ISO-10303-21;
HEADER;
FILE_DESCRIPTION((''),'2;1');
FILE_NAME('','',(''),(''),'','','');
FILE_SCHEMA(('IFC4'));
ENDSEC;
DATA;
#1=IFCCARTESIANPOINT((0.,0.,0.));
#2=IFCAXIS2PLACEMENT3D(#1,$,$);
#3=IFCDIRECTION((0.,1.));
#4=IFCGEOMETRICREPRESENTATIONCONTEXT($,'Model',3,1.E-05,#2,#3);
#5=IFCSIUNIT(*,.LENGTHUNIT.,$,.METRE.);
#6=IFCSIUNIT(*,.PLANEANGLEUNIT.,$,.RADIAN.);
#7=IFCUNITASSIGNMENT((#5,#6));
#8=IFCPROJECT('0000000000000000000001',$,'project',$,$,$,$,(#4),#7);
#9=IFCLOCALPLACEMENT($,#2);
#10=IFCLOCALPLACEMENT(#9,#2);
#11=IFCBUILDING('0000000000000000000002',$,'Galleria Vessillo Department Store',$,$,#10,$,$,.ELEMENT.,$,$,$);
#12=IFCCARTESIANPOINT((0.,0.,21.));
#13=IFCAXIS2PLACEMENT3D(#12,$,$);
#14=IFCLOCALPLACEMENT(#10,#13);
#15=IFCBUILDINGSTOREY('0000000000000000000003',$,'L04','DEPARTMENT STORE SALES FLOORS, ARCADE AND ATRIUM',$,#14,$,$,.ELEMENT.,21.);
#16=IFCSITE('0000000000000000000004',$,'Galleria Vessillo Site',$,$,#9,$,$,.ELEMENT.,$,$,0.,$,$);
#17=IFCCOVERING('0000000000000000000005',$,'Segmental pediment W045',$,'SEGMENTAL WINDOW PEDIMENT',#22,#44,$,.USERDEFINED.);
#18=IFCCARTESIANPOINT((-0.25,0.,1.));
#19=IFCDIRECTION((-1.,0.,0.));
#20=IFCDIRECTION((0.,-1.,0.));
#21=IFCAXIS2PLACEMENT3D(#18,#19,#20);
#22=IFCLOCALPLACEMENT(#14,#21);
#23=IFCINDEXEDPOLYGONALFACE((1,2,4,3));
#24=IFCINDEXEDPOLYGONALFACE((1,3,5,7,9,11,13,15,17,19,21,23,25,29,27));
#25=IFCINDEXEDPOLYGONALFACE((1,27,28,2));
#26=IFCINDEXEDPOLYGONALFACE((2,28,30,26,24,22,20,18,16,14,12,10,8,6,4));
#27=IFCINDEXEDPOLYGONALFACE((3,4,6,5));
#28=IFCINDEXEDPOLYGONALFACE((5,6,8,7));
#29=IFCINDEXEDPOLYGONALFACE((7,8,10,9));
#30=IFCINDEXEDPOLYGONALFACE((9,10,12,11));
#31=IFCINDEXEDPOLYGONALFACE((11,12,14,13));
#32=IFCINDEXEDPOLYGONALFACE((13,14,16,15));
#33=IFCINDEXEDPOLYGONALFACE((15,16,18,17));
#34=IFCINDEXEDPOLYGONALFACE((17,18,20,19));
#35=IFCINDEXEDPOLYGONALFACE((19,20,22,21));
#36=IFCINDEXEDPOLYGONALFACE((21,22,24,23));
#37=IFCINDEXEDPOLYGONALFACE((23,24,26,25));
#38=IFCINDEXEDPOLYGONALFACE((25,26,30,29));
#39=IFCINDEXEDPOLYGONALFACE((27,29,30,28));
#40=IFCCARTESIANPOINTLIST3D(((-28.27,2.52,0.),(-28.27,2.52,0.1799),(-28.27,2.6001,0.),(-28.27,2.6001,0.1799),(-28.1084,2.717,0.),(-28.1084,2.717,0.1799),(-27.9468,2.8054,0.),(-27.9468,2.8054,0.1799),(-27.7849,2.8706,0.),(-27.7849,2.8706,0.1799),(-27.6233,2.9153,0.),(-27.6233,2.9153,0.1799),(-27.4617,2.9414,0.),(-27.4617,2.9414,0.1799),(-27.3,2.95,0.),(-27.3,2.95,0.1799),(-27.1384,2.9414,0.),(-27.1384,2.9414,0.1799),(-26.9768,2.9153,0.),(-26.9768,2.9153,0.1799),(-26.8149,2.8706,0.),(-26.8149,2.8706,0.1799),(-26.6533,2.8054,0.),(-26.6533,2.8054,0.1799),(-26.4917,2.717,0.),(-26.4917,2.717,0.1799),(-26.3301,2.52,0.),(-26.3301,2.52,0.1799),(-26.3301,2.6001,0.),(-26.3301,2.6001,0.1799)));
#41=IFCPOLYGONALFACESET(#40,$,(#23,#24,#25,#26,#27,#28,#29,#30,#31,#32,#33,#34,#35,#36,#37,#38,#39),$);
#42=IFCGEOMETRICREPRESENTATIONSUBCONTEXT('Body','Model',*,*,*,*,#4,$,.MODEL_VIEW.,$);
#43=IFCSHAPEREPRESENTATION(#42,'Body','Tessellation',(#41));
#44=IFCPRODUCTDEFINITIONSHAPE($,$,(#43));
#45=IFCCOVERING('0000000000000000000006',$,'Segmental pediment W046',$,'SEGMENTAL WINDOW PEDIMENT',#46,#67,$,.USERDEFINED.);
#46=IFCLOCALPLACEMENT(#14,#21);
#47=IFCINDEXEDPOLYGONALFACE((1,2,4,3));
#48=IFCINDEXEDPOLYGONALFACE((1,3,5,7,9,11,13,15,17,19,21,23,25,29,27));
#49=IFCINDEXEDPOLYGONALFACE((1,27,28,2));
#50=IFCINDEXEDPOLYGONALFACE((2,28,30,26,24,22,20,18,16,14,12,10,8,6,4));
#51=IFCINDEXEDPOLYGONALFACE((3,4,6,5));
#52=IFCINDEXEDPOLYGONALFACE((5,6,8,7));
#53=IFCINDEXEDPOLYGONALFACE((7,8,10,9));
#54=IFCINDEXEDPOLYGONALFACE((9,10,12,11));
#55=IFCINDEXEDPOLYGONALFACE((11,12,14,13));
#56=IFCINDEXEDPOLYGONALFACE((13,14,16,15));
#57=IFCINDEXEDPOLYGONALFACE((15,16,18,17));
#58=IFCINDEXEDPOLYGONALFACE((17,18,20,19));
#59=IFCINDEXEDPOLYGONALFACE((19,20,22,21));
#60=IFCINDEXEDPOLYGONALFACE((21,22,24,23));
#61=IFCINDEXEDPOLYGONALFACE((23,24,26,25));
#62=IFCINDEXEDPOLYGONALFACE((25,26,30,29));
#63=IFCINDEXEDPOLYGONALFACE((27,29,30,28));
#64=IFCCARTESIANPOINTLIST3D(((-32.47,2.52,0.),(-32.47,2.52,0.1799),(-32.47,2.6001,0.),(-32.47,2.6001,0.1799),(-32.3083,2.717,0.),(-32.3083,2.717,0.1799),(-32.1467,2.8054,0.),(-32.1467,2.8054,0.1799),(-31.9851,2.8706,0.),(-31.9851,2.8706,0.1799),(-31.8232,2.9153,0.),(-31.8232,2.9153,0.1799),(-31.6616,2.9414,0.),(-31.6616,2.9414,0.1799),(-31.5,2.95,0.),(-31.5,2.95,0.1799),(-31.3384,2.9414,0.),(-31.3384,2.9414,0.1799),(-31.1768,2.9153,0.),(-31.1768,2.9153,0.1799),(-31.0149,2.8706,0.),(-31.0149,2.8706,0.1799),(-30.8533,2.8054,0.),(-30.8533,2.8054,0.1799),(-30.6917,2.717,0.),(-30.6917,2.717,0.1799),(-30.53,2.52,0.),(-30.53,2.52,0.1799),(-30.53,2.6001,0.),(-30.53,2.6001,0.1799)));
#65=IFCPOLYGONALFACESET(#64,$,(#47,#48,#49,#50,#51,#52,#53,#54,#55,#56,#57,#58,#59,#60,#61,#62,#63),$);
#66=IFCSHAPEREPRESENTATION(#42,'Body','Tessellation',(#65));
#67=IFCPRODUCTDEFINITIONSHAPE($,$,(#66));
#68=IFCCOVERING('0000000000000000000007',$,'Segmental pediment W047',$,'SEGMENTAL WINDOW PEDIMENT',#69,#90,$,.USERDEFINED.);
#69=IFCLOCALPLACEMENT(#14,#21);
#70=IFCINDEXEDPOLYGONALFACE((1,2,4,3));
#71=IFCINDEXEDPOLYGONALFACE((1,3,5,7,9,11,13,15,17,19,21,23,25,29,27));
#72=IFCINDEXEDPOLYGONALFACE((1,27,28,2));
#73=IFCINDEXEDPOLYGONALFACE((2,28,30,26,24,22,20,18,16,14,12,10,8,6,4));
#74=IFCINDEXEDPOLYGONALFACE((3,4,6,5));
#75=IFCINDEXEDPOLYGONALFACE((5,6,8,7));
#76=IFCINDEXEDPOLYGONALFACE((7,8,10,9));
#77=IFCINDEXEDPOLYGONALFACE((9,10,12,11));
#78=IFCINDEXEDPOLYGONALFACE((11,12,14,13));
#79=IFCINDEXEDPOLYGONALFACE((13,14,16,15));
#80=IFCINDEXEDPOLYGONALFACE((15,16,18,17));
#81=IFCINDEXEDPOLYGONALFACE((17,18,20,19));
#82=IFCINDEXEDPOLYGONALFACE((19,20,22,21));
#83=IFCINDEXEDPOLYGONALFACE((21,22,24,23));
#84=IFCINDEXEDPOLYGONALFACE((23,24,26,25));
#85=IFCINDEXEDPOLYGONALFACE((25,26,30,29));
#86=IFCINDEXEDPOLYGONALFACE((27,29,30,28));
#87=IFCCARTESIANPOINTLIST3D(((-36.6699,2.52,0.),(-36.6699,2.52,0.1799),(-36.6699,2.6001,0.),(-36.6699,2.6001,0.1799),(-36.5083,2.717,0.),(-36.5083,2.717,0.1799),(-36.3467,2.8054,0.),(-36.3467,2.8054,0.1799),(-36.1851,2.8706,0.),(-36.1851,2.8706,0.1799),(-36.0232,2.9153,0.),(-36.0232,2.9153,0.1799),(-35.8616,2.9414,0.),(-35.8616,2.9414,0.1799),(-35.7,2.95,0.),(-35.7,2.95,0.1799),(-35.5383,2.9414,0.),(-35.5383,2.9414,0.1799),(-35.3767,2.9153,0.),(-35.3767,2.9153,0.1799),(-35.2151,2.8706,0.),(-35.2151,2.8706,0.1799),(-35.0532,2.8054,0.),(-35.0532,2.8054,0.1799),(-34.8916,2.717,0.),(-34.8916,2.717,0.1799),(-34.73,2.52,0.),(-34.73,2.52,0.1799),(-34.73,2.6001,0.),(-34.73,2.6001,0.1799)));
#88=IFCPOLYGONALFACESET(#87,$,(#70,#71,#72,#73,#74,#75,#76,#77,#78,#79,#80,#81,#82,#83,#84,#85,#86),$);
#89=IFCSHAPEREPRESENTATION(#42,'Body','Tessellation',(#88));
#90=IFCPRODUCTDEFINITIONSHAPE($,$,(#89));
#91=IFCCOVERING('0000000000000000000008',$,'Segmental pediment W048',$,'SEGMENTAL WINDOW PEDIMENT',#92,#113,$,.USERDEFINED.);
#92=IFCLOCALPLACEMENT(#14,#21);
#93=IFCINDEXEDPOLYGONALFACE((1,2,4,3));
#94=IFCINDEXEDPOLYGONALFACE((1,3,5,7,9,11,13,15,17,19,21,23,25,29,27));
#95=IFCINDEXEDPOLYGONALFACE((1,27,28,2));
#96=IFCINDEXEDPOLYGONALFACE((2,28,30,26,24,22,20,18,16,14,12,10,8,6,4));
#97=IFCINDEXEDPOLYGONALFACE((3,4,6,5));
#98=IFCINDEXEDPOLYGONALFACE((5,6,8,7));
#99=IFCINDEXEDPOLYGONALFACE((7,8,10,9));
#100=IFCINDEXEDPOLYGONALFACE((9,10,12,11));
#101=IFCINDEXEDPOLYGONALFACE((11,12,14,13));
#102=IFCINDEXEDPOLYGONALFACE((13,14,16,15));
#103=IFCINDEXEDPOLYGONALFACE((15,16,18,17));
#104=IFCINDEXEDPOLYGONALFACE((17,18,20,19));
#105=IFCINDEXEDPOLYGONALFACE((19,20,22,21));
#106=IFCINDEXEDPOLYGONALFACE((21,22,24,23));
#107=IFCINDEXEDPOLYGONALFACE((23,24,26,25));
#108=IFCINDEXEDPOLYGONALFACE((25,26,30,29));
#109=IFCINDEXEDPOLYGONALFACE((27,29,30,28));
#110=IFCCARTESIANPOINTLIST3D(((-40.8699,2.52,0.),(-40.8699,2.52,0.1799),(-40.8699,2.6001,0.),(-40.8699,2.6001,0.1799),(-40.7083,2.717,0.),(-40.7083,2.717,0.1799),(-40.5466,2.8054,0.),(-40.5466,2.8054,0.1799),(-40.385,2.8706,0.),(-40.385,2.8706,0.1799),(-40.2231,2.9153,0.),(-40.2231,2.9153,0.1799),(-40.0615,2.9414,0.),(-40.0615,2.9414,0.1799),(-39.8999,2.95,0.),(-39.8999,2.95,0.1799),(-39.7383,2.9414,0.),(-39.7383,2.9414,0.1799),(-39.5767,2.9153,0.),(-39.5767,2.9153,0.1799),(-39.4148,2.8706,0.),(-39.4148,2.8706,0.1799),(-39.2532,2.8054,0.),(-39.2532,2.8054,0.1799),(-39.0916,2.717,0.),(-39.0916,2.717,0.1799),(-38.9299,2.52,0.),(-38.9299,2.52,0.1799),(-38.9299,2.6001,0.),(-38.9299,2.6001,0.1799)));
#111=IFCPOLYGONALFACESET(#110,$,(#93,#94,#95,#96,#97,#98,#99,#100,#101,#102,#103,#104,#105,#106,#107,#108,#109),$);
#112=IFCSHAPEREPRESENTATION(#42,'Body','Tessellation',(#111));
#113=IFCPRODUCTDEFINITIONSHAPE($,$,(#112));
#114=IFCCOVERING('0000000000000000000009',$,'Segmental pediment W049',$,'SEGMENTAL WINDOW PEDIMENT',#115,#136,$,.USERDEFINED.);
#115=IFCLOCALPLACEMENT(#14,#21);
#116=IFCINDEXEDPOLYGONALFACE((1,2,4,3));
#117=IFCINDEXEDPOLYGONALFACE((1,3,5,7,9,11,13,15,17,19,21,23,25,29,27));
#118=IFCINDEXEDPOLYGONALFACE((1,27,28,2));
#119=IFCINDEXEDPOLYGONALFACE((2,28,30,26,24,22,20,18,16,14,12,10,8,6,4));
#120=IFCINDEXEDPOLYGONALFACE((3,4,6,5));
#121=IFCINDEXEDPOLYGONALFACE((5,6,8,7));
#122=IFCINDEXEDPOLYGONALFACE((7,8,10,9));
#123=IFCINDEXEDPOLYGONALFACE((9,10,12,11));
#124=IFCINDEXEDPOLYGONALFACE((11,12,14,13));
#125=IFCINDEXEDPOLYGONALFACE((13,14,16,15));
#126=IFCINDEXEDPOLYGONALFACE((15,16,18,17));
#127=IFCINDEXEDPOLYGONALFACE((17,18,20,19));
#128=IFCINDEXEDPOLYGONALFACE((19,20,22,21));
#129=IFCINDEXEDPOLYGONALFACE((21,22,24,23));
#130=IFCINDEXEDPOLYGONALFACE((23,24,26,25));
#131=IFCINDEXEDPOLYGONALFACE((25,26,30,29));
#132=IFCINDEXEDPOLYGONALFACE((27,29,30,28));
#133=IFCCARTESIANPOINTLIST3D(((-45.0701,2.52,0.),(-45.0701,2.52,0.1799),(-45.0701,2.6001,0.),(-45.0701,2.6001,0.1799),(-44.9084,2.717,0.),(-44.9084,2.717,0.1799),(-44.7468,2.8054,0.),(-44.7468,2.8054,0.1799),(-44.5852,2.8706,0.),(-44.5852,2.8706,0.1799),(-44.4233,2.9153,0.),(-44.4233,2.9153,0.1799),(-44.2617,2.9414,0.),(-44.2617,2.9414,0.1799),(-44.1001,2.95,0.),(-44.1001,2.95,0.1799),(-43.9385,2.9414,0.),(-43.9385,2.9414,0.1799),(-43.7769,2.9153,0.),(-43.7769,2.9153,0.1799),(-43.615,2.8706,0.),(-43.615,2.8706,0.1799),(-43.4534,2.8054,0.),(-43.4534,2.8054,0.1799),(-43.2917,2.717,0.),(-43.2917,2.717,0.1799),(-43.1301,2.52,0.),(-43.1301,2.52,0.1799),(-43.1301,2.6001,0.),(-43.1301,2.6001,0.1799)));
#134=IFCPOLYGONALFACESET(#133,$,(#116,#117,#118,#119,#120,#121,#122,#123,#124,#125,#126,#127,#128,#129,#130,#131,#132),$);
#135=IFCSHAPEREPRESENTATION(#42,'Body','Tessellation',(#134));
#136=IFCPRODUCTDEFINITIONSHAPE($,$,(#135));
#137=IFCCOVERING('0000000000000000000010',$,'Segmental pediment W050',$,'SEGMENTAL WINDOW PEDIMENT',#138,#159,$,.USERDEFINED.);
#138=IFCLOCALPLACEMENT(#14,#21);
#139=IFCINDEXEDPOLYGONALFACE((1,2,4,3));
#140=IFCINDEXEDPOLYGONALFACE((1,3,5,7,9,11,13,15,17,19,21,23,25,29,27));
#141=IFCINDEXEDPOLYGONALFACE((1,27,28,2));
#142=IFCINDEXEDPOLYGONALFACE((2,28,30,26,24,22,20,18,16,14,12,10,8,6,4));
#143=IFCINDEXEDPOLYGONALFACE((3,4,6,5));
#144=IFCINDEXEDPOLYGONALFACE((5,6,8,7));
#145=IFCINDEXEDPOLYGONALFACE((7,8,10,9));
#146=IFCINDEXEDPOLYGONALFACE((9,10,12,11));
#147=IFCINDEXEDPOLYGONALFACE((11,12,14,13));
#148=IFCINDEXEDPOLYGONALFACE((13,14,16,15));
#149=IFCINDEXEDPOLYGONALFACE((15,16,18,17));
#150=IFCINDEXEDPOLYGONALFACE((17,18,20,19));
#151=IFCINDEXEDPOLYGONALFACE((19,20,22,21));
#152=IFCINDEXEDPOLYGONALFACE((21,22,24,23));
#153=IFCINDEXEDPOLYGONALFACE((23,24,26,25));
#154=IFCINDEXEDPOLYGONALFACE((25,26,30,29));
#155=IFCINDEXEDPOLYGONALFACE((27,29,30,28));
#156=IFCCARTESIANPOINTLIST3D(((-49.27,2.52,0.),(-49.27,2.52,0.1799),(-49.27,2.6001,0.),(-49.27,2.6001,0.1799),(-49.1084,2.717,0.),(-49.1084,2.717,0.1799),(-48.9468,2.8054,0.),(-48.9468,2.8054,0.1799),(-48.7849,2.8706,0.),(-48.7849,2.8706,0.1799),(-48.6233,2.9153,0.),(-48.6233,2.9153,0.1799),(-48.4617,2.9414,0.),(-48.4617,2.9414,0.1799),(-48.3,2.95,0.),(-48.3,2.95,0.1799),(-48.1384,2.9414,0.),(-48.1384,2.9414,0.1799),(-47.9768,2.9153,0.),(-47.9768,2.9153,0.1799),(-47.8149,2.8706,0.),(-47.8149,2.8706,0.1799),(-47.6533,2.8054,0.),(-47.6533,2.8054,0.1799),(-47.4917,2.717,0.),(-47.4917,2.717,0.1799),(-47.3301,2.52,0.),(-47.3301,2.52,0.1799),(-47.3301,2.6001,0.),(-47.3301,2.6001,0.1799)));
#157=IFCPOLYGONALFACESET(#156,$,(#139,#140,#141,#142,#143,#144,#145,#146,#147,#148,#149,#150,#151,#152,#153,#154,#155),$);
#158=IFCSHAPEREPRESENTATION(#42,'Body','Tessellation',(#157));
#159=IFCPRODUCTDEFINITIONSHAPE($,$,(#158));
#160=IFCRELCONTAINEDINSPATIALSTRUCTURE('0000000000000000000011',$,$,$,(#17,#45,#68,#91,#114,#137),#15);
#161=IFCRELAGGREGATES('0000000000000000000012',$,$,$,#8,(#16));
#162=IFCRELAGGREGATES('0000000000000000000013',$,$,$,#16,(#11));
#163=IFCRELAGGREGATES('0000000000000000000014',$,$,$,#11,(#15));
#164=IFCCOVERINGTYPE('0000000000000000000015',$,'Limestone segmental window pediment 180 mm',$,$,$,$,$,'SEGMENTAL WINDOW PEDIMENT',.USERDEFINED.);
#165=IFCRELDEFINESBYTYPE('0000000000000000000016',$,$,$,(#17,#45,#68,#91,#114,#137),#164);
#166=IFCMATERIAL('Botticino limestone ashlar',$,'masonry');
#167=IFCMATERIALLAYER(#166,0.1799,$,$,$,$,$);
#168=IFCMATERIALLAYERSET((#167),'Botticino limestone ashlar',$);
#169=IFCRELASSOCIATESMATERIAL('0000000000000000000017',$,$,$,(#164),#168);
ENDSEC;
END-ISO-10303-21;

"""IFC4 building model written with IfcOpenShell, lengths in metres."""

from ifc_helpers import new_model, si_unit, direction, frame, origin, place, context, subcontext, project, spatial, polyline, outline, extrude, material, layer, layer_set, type_object, element, save


model = new_model("IFC4")

# Units and contexts
model_context = context("Model", 3, precision=1e-05, world=origin(), true_north=direction((0.0, 1.0)))
body_context = subcontext(model_context, "Body", "Model", "MODEL_VIEW")
ifc_project = project(units=[si_unit("LENGTHUNIT", "METRE"), si_unit("PLANEANGLEUNIT", "RADIAN")], contexts=[model_context])

# Site, building, storey
site_placement = place(None, origin())
site = spatial("IfcSite", under=ifc_project, at=site_placement, Name="Galleria Vessillo Site", CompositionType="ELEMENT", RefElevation=0.0)
building_placement = place(site_placement, origin())
building = spatial("IfcBuilding", under=site, at=building_placement, Name="Galleria Vessillo Department Store", CompositionType="ELEMENT")
storey_placement = place(building_placement, frame((0.0, 0.0, 21.0)))
storey = spatial("IfcBuildingStorey", under=building, at=storey_placement, Name="L04", Description="DEPARTMENT STORE SALES FLOORS, ARCADE AND ATRIUM", CompositionType="ELEMENT", Elevation=21.0)

# Coverings
ifc_material_1 = material(Name="Botticino limestone ashlar", Category="masonry")
ifc_layer_1 = layer(ifc_material_1, 0.1799)
ifc_layer_set_1 = layer_set([ifc_layer_1], Name="Botticino limestone ashlar")
covering_type_1 = type_object("IfcCoveringType", Name="Limestone segmental window pediment 180 mm", ElementType="SEGMENTAL WINDOW PEDIMENT", PredefinedType="USERDEFINED", material=ifc_layer_set_1)
covering_1_placement = place(storey_placement, frame((-0.25, 0.0, 1.0), z_axis=(-1.0, 0.0, 0.0), x_axis=(0.0, -1.0, 0.0)))
element("IfcCovering", 1, at=covering_1_placement, inside=storey, type_object=covering_type_1, Name="Segmental pediment W045", ObjectType="SEGMENTAL WINDOW PEDIMENT", PredefinedType="USERDEFINED", context=body_context, shape_type="SweptSolid", body=[
    extrude(outline(polyline([(-26.3301, 2.6001), (-26.4917, 2.717), (-26.6533, 2.8054), (-26.8149, 2.8706), (-26.9768, 2.9153), (-27.1384, 2.9414), (-27.3, 2.95), (-27.4617, 2.9414), (-27.6233, 2.9153), (-27.7849, 2.8706), (-27.9468, 2.8054), (-28.1084, 2.717), (-28.27, 2.6001), (-28.27, 2.52), (-26.3301, 2.52), (-26.3301, 2.6001)])), origin(), (0.0, 0.0, 1.0), 0.1799),
])
covering_2_placement = place(storey_placement, frame((-0.25, 0.0, 1.0), z_axis=(-1.0, 0.0, 0.0), x_axis=(0.0, -1.0, 0.0)))
element("IfcCovering", 2, at=covering_2_placement, inside=storey, type_object=covering_type_1, Name="Segmental pediment W046", ObjectType="SEGMENTAL WINDOW PEDIMENT", PredefinedType="USERDEFINED", context=body_context, shape_type="SweptSolid", body=[
    extrude(outline(polyline([(-30.53, 2.6001), (-30.6917, 2.717), (-30.8533, 2.8054), (-31.0149, 2.8706), (-31.1768, 2.9153), (-31.3384, 2.9414), (-31.5, 2.95), (-31.6616, 2.9414), (-31.8232, 2.9153), (-31.9851, 2.8706), (-32.1467, 2.8054), (-32.3083, 2.717), (-32.47, 2.6001), (-32.47, 2.52), (-30.53, 2.52), (-30.53, 2.6001)])), origin(), (0.0, 0.0, 1.0), 0.1799),
])
covering_3_placement = place(storey_placement, frame((-0.25, 0.0, 1.0), z_axis=(-1.0, 0.0, 0.0), x_axis=(0.0, -1.0, 0.0)))
element("IfcCovering", 3, at=covering_3_placement, inside=storey, type_object=covering_type_1, Name="Segmental pediment W047", ObjectType="SEGMENTAL WINDOW PEDIMENT", PredefinedType="USERDEFINED", context=body_context, shape_type="SweptSolid", body=[
    extrude(outline(polyline([(-34.73, 2.6001), (-34.8916, 2.717), (-35.0532, 2.8054), (-35.2151, 2.8706), (-35.3767, 2.9153), (-35.5383, 2.9414), (-35.7, 2.95), (-35.8616, 2.9414), (-36.0232, 2.9153), (-36.1851, 2.8706), (-36.3467, 2.8054), (-36.5083, 2.717), (-36.6699, 2.6001), (-36.6699, 2.52), (-34.73, 2.52), (-34.73, 2.6001)])), origin(), (0.0, 0.0, 1.0), 0.1799),
])
covering_4_placement = place(storey_placement, frame((-0.25, 0.0, 1.0), z_axis=(-1.0, 0.0, 0.0), x_axis=(0.0, -1.0, 0.0)))
element("IfcCovering", 4, at=covering_4_placement, inside=storey, type_object=covering_type_1, Name="Segmental pediment W048", ObjectType="SEGMENTAL WINDOW PEDIMENT", PredefinedType="USERDEFINED", context=body_context, shape_type="SweptSolid", body=[
    extrude(outline(polyline([(-38.9299, 2.6001), (-39.0916, 2.717), (-39.2532, 2.8054), (-39.4148, 2.8706), (-39.5767, 2.9153), (-39.7383, 2.9414), (-39.8999, 2.95), (-40.0615, 2.9414), (-40.2231, 2.9153), (-40.385, 2.8706), (-40.5466, 2.8054), (-40.7083, 2.717), (-40.8699, 2.6001), (-40.8699, 2.52), (-38.9299, 2.52), (-38.9299, 2.6001)])), origin(), (0.0, 0.0, 1.0), 0.1799),
])
covering_5_placement = place(storey_placement, frame((-0.25, 0.0, 1.0), z_axis=(-1.0, 0.0, 0.0), x_axis=(0.0, -1.0, 0.0)))
element("IfcCovering", 5, at=covering_5_placement, inside=storey, type_object=covering_type_1, Name="Segmental pediment W049", ObjectType="SEGMENTAL WINDOW PEDIMENT", PredefinedType="USERDEFINED", context=body_context, shape_type="SweptSolid", body=[
    extrude(outline(polyline([(-43.1301, 2.6001), (-43.2917, 2.717), (-43.4534, 2.8054), (-43.615, 2.8706), (-43.7769, 2.9153), (-43.9385, 2.9414), (-44.1001, 2.95), (-44.2617, 2.9414), (-44.4233, 2.9153), (-44.5852, 2.8706), (-44.7468, 2.8054), (-44.9084, 2.717), (-45.0701, 2.6001), (-45.0701, 2.52), (-43.1301, 2.52), (-43.1301, 2.6001)])), origin(), (0.0, 0.0, 1.0), 0.1799),
])
covering_6_placement = place(storey_placement, frame((-0.25, 0.0, 1.0), z_axis=(-1.0, 0.0, 0.0), x_axis=(0.0, -1.0, 0.0)))
element("IfcCovering", 6, at=covering_6_placement, inside=storey, type_object=covering_type_1, Name="Segmental pediment W050", ObjectType="SEGMENTAL WINDOW PEDIMENT", PredefinedType="USERDEFINED", context=body_context, shape_type="SweptSolid", body=[
    extrude(outline(polyline([(-47.3301, 2.6001), (-47.4917, 2.717), (-47.6533, 2.8054), (-47.8149, 2.8706), (-47.9768, 2.9153), (-48.1384, 2.9414), (-48.3, 2.95), (-48.4617, 2.9414), (-48.6233, 2.9153), (-48.7849, 2.8706), (-48.9468, 2.8054), (-49.1084, 2.717), (-49.27, 2.6001), (-49.27, 2.52), (-47.3301, 2.52), (-47.3301, 2.6001)])), origin(), (0.0, 0.0, 1.0), 0.1799),
])

save(model, "model.ifc")
